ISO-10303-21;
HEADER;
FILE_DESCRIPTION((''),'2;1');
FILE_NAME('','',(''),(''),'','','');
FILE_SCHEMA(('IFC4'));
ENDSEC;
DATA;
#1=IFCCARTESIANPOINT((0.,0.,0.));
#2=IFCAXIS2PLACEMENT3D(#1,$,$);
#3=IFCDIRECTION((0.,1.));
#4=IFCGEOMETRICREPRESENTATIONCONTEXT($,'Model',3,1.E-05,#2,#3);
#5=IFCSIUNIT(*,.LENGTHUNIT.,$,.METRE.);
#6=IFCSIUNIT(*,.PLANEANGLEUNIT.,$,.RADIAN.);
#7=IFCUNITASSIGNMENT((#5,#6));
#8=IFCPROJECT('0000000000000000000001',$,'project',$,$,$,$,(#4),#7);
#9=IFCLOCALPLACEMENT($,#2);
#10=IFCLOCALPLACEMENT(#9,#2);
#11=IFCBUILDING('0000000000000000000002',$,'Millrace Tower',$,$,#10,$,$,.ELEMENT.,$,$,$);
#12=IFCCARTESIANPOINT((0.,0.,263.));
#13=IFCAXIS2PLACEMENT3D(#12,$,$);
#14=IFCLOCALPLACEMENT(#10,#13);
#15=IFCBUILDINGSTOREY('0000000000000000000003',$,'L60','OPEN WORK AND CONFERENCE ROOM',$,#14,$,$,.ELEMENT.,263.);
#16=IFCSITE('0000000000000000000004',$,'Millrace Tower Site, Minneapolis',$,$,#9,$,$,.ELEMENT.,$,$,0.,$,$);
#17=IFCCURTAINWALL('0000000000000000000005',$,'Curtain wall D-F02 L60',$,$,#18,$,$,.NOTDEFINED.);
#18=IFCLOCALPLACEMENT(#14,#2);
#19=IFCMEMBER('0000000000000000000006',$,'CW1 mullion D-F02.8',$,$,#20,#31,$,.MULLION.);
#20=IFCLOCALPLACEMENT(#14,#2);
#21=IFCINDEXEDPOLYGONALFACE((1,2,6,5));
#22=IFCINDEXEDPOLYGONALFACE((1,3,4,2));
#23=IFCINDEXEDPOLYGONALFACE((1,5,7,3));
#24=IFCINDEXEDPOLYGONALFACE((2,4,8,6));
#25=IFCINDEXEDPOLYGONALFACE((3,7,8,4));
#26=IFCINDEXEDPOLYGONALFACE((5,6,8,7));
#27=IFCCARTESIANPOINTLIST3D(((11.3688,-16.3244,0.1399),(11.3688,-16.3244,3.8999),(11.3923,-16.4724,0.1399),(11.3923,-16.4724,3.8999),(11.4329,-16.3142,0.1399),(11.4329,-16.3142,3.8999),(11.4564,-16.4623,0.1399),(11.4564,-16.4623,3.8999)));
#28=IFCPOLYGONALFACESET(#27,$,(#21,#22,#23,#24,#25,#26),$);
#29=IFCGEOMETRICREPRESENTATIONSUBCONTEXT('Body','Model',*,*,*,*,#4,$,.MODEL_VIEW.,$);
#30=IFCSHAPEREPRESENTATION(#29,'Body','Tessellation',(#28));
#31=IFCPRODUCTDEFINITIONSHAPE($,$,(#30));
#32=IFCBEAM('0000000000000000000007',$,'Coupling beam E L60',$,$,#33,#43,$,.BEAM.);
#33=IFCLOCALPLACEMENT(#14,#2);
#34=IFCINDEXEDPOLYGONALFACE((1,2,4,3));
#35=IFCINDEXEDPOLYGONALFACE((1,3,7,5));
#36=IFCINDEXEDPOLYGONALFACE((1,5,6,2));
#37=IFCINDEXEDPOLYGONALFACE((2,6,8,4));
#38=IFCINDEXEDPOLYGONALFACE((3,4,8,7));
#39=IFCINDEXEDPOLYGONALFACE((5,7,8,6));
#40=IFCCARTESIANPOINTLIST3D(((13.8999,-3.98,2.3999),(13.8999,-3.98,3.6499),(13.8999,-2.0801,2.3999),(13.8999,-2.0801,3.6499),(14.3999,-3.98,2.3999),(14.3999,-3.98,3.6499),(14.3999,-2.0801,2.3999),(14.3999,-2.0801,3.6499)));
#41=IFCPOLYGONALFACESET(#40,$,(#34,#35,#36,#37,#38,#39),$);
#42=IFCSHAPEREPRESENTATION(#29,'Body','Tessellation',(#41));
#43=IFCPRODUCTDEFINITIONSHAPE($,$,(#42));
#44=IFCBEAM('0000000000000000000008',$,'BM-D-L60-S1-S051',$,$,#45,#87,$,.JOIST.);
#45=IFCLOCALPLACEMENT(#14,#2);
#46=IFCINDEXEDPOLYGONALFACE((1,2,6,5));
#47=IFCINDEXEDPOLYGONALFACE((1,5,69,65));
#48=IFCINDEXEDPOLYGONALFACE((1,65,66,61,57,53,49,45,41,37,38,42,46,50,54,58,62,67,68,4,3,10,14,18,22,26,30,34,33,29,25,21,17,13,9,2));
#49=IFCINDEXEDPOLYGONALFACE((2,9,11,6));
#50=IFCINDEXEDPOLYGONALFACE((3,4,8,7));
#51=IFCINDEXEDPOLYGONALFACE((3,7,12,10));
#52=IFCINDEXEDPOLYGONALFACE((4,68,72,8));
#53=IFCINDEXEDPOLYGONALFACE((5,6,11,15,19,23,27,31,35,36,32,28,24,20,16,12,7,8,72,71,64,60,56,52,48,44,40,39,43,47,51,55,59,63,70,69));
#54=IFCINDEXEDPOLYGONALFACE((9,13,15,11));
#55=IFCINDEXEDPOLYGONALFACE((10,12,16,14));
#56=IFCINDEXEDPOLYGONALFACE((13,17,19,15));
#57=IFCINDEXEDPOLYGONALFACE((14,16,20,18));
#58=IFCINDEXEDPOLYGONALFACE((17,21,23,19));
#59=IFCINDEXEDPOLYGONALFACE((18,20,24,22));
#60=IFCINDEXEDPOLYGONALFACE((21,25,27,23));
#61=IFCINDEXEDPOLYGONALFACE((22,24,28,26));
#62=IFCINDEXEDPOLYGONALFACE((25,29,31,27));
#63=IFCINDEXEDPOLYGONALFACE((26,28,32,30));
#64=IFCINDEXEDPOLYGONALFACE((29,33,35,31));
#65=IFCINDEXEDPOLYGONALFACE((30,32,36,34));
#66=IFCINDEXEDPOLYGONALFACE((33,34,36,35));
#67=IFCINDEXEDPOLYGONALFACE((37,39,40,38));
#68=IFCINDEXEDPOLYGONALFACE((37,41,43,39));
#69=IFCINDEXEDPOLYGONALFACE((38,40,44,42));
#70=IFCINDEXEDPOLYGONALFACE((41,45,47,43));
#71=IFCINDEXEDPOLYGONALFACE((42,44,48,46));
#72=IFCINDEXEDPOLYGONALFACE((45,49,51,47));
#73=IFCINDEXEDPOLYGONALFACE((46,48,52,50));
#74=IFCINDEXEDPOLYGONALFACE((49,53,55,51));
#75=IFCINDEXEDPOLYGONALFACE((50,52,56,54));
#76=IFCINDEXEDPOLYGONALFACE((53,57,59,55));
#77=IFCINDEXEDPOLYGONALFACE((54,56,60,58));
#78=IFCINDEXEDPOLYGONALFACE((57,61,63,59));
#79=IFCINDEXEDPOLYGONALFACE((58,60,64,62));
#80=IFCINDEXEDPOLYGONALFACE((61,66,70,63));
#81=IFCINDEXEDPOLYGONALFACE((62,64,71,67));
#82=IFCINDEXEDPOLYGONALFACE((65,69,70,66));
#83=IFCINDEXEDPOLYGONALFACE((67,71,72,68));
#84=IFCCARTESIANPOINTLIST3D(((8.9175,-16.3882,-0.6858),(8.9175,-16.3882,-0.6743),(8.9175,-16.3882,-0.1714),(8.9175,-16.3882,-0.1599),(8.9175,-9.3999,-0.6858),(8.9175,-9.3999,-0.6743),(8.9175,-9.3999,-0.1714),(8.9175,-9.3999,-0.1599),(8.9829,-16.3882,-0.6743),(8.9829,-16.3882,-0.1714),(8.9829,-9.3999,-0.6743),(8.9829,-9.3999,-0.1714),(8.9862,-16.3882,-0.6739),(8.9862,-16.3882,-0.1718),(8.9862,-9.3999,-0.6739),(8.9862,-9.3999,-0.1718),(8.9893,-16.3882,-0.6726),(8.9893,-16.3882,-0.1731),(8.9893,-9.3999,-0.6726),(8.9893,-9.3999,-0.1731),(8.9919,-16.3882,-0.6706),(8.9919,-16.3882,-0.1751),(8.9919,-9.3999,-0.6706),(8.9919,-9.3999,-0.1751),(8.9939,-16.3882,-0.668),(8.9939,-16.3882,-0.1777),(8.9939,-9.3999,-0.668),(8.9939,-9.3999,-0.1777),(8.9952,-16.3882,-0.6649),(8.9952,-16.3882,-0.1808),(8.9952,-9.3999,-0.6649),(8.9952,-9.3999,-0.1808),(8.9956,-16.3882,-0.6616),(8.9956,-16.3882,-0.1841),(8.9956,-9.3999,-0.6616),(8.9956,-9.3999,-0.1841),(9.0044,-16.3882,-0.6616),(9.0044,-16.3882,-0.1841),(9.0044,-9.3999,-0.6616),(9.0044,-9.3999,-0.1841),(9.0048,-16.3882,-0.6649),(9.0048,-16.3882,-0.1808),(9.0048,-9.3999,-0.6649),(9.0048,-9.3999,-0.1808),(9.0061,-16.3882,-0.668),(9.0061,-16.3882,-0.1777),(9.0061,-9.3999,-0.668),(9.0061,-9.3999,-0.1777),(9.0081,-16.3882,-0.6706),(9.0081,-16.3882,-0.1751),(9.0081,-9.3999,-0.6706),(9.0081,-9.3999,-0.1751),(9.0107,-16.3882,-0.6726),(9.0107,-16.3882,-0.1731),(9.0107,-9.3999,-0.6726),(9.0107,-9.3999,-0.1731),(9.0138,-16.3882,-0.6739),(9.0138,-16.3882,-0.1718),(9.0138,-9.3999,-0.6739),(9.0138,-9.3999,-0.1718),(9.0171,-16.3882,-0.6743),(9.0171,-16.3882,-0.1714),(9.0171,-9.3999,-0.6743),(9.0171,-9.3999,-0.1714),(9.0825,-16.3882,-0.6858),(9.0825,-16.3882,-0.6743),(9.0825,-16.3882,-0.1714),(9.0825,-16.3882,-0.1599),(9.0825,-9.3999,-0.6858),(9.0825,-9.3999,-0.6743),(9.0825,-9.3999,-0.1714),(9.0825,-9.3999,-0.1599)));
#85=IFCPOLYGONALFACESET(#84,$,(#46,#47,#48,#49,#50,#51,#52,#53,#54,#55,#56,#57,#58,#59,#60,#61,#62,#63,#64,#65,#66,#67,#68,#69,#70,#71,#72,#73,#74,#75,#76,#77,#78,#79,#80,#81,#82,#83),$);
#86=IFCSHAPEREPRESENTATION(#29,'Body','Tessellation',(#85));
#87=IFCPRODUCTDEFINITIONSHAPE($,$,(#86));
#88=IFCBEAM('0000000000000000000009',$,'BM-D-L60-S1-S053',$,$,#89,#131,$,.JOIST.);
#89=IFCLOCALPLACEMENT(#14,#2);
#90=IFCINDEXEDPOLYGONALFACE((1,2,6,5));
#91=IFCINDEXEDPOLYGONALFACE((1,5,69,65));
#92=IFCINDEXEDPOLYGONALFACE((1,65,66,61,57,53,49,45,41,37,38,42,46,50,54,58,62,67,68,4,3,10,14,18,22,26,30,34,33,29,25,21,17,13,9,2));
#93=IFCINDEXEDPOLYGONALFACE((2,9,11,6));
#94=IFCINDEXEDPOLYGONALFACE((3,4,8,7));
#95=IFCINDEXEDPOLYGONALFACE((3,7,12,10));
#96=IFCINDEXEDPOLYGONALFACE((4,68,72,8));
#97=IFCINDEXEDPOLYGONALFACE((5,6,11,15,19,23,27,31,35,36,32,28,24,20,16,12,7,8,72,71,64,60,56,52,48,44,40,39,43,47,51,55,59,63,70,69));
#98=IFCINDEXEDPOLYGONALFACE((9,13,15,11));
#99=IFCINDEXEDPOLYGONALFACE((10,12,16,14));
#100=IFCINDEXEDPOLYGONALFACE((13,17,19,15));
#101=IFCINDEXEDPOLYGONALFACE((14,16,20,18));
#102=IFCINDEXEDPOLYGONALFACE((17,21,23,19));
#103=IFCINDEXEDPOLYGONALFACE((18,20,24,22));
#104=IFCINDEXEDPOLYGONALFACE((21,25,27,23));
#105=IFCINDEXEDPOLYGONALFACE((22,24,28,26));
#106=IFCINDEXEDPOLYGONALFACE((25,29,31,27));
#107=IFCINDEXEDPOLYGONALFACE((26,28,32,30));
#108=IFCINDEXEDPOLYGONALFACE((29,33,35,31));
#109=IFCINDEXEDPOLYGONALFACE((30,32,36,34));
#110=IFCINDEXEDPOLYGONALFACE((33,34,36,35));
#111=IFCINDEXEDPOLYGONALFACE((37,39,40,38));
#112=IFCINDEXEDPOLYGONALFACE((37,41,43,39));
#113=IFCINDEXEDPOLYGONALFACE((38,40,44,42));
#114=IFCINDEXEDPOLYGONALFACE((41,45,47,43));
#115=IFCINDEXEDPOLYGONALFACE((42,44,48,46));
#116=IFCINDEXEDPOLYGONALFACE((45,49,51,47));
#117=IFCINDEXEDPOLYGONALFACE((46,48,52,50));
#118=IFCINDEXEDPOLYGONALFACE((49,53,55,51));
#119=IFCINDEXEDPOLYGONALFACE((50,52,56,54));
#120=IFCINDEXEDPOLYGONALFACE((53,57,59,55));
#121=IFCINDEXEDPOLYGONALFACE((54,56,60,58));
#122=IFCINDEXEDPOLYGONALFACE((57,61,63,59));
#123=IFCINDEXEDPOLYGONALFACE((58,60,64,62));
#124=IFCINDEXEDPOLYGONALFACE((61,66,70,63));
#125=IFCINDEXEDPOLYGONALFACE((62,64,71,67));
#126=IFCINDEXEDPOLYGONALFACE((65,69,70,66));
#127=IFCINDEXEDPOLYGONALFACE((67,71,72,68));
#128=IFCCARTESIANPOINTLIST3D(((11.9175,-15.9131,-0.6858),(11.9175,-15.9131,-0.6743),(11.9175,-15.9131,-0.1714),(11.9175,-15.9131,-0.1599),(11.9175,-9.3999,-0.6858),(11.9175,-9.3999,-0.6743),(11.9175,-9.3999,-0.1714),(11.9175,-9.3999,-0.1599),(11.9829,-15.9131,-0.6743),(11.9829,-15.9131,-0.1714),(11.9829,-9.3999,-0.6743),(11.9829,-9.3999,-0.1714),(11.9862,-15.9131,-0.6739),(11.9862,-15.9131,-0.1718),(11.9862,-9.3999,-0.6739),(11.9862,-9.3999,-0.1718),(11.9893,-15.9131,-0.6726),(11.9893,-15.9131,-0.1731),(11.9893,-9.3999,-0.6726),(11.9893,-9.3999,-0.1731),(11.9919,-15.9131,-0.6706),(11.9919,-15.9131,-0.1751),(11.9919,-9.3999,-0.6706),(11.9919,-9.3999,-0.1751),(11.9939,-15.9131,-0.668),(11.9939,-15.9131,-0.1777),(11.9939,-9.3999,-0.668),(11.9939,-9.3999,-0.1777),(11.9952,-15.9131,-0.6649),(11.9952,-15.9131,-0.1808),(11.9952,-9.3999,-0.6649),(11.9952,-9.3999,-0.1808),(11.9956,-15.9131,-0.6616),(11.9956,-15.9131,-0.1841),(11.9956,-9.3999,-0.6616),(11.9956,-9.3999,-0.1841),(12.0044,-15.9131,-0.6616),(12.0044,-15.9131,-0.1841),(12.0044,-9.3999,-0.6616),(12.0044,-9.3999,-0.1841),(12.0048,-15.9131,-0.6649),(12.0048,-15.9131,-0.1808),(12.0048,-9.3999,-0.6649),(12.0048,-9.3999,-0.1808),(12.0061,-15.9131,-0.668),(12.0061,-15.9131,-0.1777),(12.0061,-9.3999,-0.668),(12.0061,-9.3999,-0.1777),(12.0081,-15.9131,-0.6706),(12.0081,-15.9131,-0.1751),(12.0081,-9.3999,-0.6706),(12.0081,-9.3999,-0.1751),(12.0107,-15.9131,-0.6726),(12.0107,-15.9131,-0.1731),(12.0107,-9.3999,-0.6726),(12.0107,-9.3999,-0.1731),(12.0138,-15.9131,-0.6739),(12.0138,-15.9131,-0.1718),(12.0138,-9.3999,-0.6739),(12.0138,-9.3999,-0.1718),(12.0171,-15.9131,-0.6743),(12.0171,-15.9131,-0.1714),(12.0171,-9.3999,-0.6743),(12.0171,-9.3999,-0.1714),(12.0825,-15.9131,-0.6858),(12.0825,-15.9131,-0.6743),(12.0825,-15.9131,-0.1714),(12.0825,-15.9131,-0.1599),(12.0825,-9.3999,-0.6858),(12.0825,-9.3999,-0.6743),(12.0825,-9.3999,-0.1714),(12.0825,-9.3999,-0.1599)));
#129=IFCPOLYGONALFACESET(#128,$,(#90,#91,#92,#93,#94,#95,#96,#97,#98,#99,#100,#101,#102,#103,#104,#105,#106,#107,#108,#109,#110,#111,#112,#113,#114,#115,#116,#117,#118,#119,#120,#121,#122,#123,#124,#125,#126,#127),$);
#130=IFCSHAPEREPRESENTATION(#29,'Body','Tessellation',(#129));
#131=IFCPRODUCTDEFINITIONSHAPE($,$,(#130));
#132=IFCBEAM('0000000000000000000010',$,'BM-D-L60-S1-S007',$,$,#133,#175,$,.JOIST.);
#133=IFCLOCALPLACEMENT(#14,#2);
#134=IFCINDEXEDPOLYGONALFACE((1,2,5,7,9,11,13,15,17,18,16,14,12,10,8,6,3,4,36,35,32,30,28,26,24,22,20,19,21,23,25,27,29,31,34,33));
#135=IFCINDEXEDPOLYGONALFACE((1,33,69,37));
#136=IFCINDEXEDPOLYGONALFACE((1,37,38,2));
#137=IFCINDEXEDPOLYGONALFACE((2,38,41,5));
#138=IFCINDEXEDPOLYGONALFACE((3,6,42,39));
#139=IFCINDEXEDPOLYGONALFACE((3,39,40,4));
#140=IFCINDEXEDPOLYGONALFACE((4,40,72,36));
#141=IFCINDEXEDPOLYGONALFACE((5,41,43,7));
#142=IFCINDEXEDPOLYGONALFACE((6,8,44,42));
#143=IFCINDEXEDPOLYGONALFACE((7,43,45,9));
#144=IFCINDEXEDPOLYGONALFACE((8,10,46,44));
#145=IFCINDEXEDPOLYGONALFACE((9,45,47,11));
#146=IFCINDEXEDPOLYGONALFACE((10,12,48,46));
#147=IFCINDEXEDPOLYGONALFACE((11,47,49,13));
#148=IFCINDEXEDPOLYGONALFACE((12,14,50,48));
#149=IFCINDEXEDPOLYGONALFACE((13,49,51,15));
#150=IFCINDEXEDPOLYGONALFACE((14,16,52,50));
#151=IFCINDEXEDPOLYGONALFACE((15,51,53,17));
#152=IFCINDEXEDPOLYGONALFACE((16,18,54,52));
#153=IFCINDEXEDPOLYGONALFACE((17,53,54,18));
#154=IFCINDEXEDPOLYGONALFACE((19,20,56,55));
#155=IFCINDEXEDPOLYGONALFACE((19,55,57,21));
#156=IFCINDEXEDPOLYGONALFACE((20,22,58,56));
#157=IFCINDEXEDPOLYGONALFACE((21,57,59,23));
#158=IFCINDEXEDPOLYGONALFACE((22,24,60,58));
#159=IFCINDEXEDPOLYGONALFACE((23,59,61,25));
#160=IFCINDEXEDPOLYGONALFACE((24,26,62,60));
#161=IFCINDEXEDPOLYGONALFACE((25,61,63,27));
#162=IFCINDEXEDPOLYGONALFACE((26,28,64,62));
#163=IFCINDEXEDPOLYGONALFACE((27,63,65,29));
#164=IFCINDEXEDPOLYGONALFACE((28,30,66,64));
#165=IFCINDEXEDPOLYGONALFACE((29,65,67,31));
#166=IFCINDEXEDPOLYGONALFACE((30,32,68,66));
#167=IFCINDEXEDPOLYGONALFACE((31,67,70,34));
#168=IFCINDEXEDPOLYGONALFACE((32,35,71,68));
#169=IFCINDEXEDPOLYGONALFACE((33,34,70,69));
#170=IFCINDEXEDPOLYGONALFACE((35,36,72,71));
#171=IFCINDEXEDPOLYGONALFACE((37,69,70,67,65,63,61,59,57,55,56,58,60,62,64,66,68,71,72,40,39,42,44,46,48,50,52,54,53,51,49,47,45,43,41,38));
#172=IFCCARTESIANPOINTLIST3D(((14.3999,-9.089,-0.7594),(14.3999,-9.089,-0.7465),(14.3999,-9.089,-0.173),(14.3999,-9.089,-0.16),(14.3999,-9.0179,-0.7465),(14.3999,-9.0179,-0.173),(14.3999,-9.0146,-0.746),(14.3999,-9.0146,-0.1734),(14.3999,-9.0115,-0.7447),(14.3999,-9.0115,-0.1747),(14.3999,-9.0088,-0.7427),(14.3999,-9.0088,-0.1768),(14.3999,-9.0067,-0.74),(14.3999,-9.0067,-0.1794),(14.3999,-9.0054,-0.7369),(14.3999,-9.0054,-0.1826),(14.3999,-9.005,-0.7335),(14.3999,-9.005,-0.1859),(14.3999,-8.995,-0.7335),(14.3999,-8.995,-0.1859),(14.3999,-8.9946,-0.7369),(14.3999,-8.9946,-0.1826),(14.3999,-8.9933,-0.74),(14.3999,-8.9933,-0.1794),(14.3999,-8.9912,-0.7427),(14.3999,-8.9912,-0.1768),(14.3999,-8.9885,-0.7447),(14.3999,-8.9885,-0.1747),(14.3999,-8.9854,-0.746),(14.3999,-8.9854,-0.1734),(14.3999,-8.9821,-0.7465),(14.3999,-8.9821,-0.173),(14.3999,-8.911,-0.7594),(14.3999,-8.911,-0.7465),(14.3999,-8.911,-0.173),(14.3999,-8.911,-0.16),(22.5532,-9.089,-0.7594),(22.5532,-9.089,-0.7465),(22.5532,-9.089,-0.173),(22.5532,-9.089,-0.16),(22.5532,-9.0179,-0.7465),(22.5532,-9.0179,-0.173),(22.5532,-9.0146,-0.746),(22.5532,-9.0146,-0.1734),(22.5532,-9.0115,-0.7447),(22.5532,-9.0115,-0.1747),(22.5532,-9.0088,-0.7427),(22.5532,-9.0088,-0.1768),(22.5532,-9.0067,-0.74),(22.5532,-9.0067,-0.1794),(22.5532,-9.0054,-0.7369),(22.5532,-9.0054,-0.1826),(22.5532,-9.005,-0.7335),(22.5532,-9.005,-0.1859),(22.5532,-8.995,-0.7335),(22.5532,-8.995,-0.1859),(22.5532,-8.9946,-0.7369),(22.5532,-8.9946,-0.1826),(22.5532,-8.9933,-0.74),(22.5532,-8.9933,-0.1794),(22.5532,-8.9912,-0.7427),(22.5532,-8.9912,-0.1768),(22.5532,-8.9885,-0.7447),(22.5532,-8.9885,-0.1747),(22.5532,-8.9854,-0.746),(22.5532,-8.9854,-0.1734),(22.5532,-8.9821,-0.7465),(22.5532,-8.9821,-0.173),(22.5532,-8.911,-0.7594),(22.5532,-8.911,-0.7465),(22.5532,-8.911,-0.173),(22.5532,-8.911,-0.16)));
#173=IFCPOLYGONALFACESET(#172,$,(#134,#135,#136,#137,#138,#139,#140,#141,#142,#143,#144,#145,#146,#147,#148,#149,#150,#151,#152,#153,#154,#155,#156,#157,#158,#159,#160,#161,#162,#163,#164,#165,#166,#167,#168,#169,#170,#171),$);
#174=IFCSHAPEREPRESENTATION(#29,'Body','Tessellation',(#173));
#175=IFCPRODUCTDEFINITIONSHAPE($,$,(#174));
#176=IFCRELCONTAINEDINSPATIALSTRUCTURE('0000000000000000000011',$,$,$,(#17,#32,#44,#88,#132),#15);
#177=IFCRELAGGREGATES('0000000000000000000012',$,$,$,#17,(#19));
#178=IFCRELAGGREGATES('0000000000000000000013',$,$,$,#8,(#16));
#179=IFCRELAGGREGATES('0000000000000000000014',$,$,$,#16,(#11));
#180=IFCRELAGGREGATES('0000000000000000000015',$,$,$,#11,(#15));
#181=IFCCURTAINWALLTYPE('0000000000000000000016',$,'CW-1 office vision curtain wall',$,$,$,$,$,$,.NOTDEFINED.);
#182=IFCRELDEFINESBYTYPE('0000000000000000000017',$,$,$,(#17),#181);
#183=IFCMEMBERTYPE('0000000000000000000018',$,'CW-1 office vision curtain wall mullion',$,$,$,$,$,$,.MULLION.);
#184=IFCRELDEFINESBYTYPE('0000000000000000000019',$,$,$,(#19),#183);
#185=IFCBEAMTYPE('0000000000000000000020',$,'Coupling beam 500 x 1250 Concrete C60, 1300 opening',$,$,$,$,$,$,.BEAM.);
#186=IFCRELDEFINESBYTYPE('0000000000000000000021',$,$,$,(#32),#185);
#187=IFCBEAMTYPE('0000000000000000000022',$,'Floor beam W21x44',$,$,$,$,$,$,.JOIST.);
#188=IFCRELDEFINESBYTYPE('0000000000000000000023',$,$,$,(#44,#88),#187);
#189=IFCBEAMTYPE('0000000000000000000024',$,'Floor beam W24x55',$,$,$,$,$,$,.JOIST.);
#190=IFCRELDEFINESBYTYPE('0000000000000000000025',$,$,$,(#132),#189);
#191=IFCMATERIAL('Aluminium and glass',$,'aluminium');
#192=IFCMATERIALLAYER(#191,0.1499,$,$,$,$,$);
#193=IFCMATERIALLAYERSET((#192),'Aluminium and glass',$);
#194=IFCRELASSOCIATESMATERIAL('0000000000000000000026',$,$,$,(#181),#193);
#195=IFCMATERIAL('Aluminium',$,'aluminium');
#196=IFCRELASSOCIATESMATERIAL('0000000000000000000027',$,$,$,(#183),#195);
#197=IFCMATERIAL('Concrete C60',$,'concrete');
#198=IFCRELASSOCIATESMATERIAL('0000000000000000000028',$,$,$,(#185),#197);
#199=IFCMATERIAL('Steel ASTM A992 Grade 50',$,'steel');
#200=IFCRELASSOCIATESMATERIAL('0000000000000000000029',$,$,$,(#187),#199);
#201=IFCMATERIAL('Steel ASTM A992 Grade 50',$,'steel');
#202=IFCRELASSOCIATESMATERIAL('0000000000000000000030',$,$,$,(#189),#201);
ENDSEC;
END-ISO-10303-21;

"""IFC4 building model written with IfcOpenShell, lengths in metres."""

from ifc_helpers import new_model, si_unit, direction, frame, origin, origin_2d, place, context, subcontext, project, spatial, rectangle, i_section, extrude, material, layer, layer_set, material_profile, profile_set, type_object, element, aggregate, save


model = new_model("IFC4")

# Units and contexts
model_context = context("Model", 3, precision=1e-05, world=origin(), true_north=direction((0.0, 1.0)))
body_context = subcontext(model_context, "Body", "Model", "MODEL_VIEW")
ifc_project = project(units=[si_unit("LENGTHUNIT", "METRE"), si_unit("PLANEANGLEUNIT", "RADIAN")], contexts=[model_context])

# Site, building, storey
site_placement = place(None, origin())
site = spatial("IfcSite", under=ifc_project, at=site_placement, Name="Millrace Tower Site, Minneapolis", CompositionType="ELEMENT", RefElevation=0.0)
building_placement = place(site_placement, origin())
building = spatial("IfcBuilding", under=site, at=building_placement, Name="Millrace Tower", CompositionType="ELEMENT")
storey_placement = place(building_placement, frame((0.0, 0.0, 263.0)))
storey = spatial("IfcBuildingStorey", under=building, at=storey_placement, Name="L60", Description="OPEN WORK AND CONFERENCE ROOM", CompositionType="ELEMENT", Elevation=263.0)

# Curtain wall, member
ifc_material_1 = material(Name="Aluminium and glass", Category="aluminium")
ifc_layer_1 = layer(ifc_material_1, 0.1499)
ifc_layer_set_1 = layer_set([ifc_layer_1], Name="Aluminium and glass")
curtain_wall_type = type_object("IfcCurtainWallType", Name="CW-1 office vision curtain wall", PredefinedType="NOTDEFINED", material=ifc_layer_set_1)
placement = place(storey_placement, origin())
curtain_wall = element("IfcCurtainWall", 1, at=placement, inside=storey, type_object=curtain_wall_type, Name="Curtain wall D-F02 L60", PredefinedType="NOTDEFINED")
ifc_material_2 = material(Name="Aluminium", Category="aluminium")
ifc_material_profile_1 = material_profile(ifc_material_2, rectangle(XDim=0.0649, YDim=0.1499, at=origin_2d()))
ifc_profile_set_1 = profile_set([ifc_material_profile_1], Name="Aluminium")
member_type = type_object("IfcMemberType", Name="CW-1 office vision curtain wall mullion", PredefinedType="MULLION", material=ifc_profile_set_1)
member_placement = place(storey_placement, frame((11.4126, -16.3933, 0.1399), z_axis=(0.0, 0.0, 1.0), x_axis=(0.987688, 0.156434, 0.0)))
member = element("IfcMember", 2, at=member_placement, type_object=member_type, Name="CW1 mullion D-F02.8", PredefinedType="MULLION", context=body_context, shape_type="SweptSolid", body=[
    extrude(rectangle(XDim=0.0649, YDim=0.1499, at=origin_2d()), origin(), (0.0, 0.0, 1.0), 3.76),
])
aggregate(curtain_wall, [member])

# Beams
ifc_material_3 = material(Name="Concrete C60", Category="concrete")
ifc_material_profile_2 = material_profile(ifc_material_3, rectangle(XDim=0.5, YDim=1.25, at=origin_2d()))
ifc_profile_set_2 = profile_set([ifc_material_profile_2], Name="Concrete C60")
beam_type_1 = type_object("IfcBeamType", Name="Coupling beam 500 x 1250 Concrete C60, 1300 opening", PredefinedType="BEAM", material=ifc_profile_set_2)
beam_1_placement = place(storey_placement, frame((14.1499, -2.0801, 3.0249), z_axis=(0.0, -1.0, 0.0), x_axis=(1.0, 0.0, 0.0)))
element("IfcBeam", 3, at=beam_1_placement, inside=storey, type_object=beam_type_1, Name="Coupling beam E L60", PredefinedType="BEAM", context=body_context, shape_type="SweptSolid", body=[
    extrude(rectangle(XDim=0.5, YDim=1.25, at=origin_2d()), origin(), (0.0, 0.0, 1.0), 1.8999),
])
ifc_material_4 = material(Name="Steel ASTM A992 Grade 50", Category="steel")
ifc_material_profile_3 = material_profile(ifc_material_4, i_section(OverallWidth=0.165, OverallDepth=0.5259, WebThickness=0.0088, FlangeThickness=0.0115, FilletRadius=0.0127, at=origin_2d()))
ifc_profile_set_3 = profile_set([ifc_material_profile_3], Name="Steel ASTM A992 Grade 50")
beam_type_2 = type_object("IfcBeamType", Name="Floor beam W21x44", PredefinedType="JOIST", material=ifc_profile_set_3)
beam_2_placement = place(storey_placement, frame((9.0, -16.3882, -0.4229), z_axis=(0.0, 1.0, 0.0), x_axis=(-1.0, 0.0, 0.0)))
element("IfcBeam", 4, at=beam_2_placement, inside=storey, type_object=beam_type_2, Name="BM-D-L60-S1-S051", PredefinedType="JOIST", context=body_context, shape_type="SweptSolid", body=[
    extrude(i_section(OverallWidth=0.165, OverallDepth=0.5259, WebThickness=0.0088, FlangeThickness=0.0115, FilletRadius=0.0127, at=origin_2d()), origin(), (0.0, 0.0, 1.0), 6.9883),
])
beam_3_placement = place(storey_placement, frame((12.0, -15.9131, -0.4229), z_axis=(0.0, 1.0, 0.0), x_axis=(-1.0, 0.0, 0.0)))
element("IfcBeam", 5, at=beam_3_placement, inside=storey, type_object=beam_type_2, Name="BM-D-L60-S1-S053", PredefinedType="JOIST", context=body_context, shape_type="SweptSolid", body=[
    extrude(i_section(OverallWidth=0.165, OverallDepth=0.5259, WebThickness=0.0088, FlangeThickness=0.0115, FilletRadius=0.0127, at=origin_2d()), origin(), (0.0, 0.0, 1.0), 6.5132),
])
ifc_material_5 = material(Name="Steel ASTM A992 Grade 50", Category="steel")
ifc_material_profile_4 = material_profile(ifc_material_5, i_section(OverallWidth=0.178, OverallDepth=0.5994, WebThickness=0.01, FlangeThickness=0.0129, FilletRadius=0.0129, at=origin_2d()))
ifc_profile_set_4 = profile_set([ifc_material_profile_4], Name="Steel ASTM A992 Grade 50")
beam_type_3 = type_object("IfcBeamType", Name="Floor beam W24x55", PredefinedType="JOIST", material=ifc_profile_set_4)
beam_4_placement = place(storey_placement, frame((14.3999, -9.0, -0.4597), z_axis=(1.0, 0.0, 0.0), x_axis=(0.0, 1.0, 0.0)))
element("IfcBeam", 6, at=beam_4_placement, inside=storey, type_object=beam_type_3, Name="BM-D-L60-S1-S007", PredefinedType="JOIST", context=body_context, shape_type="SweptSolid", body=[
    extrude(i_section(OverallWidth=0.178, OverallDepth=0.5994, WebThickness=0.01, FlangeThickness=0.0129, FilletRadius=0.0129, at=origin_2d()), origin(), (0.0, 0.0, 1.0), 8.1533),
])

save(model, "model.ifc")
